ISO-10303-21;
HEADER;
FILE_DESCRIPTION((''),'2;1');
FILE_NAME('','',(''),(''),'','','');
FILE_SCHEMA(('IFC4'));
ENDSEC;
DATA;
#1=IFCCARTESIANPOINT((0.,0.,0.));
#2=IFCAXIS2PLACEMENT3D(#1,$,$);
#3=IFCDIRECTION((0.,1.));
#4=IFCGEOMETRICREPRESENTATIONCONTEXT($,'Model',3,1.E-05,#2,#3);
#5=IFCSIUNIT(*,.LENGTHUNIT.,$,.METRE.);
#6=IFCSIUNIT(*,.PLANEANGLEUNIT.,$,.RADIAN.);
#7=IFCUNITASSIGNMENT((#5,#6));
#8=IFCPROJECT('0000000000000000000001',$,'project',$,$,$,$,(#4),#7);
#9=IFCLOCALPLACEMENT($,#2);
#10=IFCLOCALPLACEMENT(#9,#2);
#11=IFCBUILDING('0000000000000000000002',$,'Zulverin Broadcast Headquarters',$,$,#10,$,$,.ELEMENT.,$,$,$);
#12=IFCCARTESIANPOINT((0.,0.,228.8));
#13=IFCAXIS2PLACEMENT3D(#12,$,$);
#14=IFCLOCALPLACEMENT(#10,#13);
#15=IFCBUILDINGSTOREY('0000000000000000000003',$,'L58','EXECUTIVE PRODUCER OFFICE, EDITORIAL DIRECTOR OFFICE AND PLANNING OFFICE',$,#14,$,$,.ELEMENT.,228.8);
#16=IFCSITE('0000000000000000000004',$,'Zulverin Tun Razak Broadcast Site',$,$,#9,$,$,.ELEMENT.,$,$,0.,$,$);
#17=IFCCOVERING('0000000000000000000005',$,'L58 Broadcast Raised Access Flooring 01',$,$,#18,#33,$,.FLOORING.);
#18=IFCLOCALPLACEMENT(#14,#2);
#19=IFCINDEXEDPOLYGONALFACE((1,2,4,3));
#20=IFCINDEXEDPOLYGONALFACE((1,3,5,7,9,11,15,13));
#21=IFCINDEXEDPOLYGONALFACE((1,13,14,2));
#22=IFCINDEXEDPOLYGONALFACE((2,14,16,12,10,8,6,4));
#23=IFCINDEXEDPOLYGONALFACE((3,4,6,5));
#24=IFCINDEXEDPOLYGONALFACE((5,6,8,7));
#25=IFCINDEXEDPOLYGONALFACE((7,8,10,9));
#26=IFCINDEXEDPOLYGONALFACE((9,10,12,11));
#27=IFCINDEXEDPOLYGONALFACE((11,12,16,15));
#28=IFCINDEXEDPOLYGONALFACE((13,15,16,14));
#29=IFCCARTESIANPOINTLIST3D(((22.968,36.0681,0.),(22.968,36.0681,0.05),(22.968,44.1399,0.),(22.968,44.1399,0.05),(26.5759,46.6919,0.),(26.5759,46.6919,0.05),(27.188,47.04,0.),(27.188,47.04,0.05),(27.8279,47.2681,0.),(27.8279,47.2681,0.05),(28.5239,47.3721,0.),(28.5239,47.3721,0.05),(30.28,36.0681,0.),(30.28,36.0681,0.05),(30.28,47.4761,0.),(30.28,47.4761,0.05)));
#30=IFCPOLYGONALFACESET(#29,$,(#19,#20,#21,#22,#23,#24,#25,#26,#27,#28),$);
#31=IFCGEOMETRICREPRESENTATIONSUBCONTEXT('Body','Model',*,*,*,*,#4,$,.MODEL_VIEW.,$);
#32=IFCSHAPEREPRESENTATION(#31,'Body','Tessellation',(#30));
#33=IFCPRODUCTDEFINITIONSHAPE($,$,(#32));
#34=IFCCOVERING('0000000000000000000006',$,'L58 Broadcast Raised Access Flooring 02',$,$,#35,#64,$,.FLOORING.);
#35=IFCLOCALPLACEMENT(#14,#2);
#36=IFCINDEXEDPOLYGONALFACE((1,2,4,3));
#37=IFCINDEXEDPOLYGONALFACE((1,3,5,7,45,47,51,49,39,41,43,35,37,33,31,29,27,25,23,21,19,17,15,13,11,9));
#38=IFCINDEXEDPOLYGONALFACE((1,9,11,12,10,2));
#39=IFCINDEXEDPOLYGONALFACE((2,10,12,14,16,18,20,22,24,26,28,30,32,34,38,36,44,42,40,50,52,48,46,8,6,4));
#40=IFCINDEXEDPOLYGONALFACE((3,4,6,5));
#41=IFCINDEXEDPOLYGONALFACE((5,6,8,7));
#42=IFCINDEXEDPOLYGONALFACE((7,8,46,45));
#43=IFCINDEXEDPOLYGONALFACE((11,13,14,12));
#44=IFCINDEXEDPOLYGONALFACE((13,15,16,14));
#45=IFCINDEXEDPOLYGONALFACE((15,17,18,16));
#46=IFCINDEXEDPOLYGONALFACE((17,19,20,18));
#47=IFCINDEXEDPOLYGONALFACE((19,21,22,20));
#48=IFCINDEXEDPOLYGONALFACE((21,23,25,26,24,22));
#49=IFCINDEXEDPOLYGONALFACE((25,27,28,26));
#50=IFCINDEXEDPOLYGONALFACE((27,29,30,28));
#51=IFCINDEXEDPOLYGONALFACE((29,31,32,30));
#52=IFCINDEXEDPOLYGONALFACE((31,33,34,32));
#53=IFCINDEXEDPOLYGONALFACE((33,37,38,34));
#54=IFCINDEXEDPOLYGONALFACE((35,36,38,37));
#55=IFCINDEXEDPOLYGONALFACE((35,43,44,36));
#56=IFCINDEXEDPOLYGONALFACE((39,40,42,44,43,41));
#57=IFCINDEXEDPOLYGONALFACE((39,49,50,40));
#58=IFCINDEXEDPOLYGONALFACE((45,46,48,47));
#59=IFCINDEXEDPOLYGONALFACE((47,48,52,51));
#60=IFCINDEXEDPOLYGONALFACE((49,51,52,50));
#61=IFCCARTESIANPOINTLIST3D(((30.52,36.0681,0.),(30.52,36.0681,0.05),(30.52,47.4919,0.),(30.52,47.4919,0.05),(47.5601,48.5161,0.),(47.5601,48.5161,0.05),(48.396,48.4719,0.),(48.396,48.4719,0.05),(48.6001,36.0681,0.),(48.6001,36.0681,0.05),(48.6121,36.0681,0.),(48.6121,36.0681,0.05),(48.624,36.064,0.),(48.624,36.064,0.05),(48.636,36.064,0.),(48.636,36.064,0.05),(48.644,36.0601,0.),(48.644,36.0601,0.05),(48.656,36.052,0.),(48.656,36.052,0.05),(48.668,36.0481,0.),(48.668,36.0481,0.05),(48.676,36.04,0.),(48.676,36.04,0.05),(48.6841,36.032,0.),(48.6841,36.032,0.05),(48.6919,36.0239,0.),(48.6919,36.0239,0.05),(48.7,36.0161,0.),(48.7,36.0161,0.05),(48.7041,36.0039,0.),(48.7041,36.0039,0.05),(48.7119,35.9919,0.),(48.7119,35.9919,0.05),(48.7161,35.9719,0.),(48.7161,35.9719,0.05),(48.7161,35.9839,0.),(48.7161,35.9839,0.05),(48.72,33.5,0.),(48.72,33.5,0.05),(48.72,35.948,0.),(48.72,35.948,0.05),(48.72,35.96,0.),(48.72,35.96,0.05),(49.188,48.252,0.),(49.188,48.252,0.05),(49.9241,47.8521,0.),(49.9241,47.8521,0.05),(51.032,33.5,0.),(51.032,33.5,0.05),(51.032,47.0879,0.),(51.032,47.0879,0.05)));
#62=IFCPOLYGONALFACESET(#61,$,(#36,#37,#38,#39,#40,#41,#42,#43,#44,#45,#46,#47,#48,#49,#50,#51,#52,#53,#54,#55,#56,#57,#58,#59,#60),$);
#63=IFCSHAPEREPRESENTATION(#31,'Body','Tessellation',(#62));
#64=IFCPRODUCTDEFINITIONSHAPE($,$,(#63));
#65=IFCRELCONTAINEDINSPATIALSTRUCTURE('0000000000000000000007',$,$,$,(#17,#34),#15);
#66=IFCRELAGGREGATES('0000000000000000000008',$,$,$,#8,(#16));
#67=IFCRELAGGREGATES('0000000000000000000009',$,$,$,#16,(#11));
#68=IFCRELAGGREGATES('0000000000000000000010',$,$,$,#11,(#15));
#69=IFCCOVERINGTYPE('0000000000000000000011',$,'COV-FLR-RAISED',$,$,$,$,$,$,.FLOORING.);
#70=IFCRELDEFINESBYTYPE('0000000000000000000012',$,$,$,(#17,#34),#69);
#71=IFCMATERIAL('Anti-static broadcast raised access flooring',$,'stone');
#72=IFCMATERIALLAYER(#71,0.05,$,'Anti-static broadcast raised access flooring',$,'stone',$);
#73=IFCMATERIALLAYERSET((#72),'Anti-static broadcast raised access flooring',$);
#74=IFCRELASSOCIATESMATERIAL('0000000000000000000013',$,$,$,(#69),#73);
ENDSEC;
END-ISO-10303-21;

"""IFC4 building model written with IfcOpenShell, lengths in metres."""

from ifc_helpers import new_model, si_unit, direction, frame, origin, place, context, subcontext, project, spatial, polyline, outline, extrude, material, layer, layer_set, type_object, element, save


model = new_model("IFC4")

# Units and contexts
model_context = context("Model", 3, precision=1e-05, world=origin(), true_north=direction((0.0, 1.0)))
body_context = subcontext(model_context, "Body", "Model", "MODEL_VIEW")
ifc_project = project(units=[si_unit("LENGTHUNIT", "METRE"), si_unit("PLANEANGLEUNIT", "RADIAN")], contexts=[model_context])

# Site, building, storey
site_placement = place(None, origin())
site = spatial("IfcSite", under=ifc_project, at=site_placement, Name="Zulverin Tun Razak Broadcast Site", CompositionType="ELEMENT", RefElevation=0.0)
building_placement = place(site_placement, origin())
building = spatial("IfcBuilding", under=site, at=building_placement, Name="Zulverin Broadcast Headquarters", CompositionType="ELEMENT")
storey_placement = place(building_placement, frame((0.0, 0.0, 228.8)))
storey = spatial("IfcBuildingStorey", under=building, at=storey_placement, Name="L58", Description="EXECUTIVE PRODUCER OFFICE, EDITORIAL DIRECTOR OFFICE AND PLANNING OFFICE", CompositionType="ELEMENT", Elevation=228.8)

# Coverings
ifc_material_1 = material(Name="Anti-static broadcast raised access flooring", Category="stone")
ifc_layer_1 = layer(ifc_material_1, 0.05, Name="Anti-static broadcast raised access flooring", Category="stone")
ifc_layer_set_1 = layer_set([ifc_layer_1], Name="Anti-static broadcast raised access flooring")
covering_type_1 = type_object("IfcCoveringType", Name="COV-FLR-RAISED", PredefinedType="FLOORING", material=ifc_layer_set_1)
covering_1_placement = place(storey_placement, origin())
element("IfcCovering", 1, at=covering_1_placement, inside=storey, type_object=covering_type_1, Name="L58 Broadcast Raised Access Flooring 01", PredefinedType="FLOORING", context=body_context, shape_type="SweptSolid", body=[
    extrude(outline(polyline([(30.28, 36.0681), (30.28, 47.4761), (28.5239, 47.3721), (27.8279, 47.2681), (27.188, 47.04), (26.5759, 46.6919), (22.968, 44.1399), (22.968, 36.0681), (30.28, 36.0681)])), origin(), (0.0, 0.0, 1.0), 0.05),
])
covering_2_placement = place(storey_placement, origin())
element("IfcCovering", 2, at=covering_2_placement, inside=storey, type_object=covering_type_1, Name="L58 Broadcast Raised Access Flooring 02", PredefinedType="FLOORING", context=body_context, shape_type="SweptSolid", body=[
    extrude(outline(polyline([(48.7161, 35.9719), (48.72, 35.96), (48.72, 35.948), (48.72, 33.5), (51.032, 33.5), (51.032, 47.0879), (49.9241, 47.8521), (49.188, 48.252), (48.396, 48.4719), (47.5601, 48.5161), (30.52, 47.4919), (30.52, 36.0681), (48.6001, 36.0681), (48.6121, 36.0681), (48.624, 36.064), (48.636, 36.064), (48.644, 36.0601), (48.656, 36.052), (48.668, 36.0481), (48.676, 36.04), (48.6841, 36.032), (48.6919, 36.0239), (48.7, 36.0161), (48.7041, 36.0039), (48.7119, 35.9919), (48.7161, 35.9839), (48.7161, 35.9719)])), origin(), (0.0, 0.0, 1.0), 0.05),
])

save(model, "model.ifc")
